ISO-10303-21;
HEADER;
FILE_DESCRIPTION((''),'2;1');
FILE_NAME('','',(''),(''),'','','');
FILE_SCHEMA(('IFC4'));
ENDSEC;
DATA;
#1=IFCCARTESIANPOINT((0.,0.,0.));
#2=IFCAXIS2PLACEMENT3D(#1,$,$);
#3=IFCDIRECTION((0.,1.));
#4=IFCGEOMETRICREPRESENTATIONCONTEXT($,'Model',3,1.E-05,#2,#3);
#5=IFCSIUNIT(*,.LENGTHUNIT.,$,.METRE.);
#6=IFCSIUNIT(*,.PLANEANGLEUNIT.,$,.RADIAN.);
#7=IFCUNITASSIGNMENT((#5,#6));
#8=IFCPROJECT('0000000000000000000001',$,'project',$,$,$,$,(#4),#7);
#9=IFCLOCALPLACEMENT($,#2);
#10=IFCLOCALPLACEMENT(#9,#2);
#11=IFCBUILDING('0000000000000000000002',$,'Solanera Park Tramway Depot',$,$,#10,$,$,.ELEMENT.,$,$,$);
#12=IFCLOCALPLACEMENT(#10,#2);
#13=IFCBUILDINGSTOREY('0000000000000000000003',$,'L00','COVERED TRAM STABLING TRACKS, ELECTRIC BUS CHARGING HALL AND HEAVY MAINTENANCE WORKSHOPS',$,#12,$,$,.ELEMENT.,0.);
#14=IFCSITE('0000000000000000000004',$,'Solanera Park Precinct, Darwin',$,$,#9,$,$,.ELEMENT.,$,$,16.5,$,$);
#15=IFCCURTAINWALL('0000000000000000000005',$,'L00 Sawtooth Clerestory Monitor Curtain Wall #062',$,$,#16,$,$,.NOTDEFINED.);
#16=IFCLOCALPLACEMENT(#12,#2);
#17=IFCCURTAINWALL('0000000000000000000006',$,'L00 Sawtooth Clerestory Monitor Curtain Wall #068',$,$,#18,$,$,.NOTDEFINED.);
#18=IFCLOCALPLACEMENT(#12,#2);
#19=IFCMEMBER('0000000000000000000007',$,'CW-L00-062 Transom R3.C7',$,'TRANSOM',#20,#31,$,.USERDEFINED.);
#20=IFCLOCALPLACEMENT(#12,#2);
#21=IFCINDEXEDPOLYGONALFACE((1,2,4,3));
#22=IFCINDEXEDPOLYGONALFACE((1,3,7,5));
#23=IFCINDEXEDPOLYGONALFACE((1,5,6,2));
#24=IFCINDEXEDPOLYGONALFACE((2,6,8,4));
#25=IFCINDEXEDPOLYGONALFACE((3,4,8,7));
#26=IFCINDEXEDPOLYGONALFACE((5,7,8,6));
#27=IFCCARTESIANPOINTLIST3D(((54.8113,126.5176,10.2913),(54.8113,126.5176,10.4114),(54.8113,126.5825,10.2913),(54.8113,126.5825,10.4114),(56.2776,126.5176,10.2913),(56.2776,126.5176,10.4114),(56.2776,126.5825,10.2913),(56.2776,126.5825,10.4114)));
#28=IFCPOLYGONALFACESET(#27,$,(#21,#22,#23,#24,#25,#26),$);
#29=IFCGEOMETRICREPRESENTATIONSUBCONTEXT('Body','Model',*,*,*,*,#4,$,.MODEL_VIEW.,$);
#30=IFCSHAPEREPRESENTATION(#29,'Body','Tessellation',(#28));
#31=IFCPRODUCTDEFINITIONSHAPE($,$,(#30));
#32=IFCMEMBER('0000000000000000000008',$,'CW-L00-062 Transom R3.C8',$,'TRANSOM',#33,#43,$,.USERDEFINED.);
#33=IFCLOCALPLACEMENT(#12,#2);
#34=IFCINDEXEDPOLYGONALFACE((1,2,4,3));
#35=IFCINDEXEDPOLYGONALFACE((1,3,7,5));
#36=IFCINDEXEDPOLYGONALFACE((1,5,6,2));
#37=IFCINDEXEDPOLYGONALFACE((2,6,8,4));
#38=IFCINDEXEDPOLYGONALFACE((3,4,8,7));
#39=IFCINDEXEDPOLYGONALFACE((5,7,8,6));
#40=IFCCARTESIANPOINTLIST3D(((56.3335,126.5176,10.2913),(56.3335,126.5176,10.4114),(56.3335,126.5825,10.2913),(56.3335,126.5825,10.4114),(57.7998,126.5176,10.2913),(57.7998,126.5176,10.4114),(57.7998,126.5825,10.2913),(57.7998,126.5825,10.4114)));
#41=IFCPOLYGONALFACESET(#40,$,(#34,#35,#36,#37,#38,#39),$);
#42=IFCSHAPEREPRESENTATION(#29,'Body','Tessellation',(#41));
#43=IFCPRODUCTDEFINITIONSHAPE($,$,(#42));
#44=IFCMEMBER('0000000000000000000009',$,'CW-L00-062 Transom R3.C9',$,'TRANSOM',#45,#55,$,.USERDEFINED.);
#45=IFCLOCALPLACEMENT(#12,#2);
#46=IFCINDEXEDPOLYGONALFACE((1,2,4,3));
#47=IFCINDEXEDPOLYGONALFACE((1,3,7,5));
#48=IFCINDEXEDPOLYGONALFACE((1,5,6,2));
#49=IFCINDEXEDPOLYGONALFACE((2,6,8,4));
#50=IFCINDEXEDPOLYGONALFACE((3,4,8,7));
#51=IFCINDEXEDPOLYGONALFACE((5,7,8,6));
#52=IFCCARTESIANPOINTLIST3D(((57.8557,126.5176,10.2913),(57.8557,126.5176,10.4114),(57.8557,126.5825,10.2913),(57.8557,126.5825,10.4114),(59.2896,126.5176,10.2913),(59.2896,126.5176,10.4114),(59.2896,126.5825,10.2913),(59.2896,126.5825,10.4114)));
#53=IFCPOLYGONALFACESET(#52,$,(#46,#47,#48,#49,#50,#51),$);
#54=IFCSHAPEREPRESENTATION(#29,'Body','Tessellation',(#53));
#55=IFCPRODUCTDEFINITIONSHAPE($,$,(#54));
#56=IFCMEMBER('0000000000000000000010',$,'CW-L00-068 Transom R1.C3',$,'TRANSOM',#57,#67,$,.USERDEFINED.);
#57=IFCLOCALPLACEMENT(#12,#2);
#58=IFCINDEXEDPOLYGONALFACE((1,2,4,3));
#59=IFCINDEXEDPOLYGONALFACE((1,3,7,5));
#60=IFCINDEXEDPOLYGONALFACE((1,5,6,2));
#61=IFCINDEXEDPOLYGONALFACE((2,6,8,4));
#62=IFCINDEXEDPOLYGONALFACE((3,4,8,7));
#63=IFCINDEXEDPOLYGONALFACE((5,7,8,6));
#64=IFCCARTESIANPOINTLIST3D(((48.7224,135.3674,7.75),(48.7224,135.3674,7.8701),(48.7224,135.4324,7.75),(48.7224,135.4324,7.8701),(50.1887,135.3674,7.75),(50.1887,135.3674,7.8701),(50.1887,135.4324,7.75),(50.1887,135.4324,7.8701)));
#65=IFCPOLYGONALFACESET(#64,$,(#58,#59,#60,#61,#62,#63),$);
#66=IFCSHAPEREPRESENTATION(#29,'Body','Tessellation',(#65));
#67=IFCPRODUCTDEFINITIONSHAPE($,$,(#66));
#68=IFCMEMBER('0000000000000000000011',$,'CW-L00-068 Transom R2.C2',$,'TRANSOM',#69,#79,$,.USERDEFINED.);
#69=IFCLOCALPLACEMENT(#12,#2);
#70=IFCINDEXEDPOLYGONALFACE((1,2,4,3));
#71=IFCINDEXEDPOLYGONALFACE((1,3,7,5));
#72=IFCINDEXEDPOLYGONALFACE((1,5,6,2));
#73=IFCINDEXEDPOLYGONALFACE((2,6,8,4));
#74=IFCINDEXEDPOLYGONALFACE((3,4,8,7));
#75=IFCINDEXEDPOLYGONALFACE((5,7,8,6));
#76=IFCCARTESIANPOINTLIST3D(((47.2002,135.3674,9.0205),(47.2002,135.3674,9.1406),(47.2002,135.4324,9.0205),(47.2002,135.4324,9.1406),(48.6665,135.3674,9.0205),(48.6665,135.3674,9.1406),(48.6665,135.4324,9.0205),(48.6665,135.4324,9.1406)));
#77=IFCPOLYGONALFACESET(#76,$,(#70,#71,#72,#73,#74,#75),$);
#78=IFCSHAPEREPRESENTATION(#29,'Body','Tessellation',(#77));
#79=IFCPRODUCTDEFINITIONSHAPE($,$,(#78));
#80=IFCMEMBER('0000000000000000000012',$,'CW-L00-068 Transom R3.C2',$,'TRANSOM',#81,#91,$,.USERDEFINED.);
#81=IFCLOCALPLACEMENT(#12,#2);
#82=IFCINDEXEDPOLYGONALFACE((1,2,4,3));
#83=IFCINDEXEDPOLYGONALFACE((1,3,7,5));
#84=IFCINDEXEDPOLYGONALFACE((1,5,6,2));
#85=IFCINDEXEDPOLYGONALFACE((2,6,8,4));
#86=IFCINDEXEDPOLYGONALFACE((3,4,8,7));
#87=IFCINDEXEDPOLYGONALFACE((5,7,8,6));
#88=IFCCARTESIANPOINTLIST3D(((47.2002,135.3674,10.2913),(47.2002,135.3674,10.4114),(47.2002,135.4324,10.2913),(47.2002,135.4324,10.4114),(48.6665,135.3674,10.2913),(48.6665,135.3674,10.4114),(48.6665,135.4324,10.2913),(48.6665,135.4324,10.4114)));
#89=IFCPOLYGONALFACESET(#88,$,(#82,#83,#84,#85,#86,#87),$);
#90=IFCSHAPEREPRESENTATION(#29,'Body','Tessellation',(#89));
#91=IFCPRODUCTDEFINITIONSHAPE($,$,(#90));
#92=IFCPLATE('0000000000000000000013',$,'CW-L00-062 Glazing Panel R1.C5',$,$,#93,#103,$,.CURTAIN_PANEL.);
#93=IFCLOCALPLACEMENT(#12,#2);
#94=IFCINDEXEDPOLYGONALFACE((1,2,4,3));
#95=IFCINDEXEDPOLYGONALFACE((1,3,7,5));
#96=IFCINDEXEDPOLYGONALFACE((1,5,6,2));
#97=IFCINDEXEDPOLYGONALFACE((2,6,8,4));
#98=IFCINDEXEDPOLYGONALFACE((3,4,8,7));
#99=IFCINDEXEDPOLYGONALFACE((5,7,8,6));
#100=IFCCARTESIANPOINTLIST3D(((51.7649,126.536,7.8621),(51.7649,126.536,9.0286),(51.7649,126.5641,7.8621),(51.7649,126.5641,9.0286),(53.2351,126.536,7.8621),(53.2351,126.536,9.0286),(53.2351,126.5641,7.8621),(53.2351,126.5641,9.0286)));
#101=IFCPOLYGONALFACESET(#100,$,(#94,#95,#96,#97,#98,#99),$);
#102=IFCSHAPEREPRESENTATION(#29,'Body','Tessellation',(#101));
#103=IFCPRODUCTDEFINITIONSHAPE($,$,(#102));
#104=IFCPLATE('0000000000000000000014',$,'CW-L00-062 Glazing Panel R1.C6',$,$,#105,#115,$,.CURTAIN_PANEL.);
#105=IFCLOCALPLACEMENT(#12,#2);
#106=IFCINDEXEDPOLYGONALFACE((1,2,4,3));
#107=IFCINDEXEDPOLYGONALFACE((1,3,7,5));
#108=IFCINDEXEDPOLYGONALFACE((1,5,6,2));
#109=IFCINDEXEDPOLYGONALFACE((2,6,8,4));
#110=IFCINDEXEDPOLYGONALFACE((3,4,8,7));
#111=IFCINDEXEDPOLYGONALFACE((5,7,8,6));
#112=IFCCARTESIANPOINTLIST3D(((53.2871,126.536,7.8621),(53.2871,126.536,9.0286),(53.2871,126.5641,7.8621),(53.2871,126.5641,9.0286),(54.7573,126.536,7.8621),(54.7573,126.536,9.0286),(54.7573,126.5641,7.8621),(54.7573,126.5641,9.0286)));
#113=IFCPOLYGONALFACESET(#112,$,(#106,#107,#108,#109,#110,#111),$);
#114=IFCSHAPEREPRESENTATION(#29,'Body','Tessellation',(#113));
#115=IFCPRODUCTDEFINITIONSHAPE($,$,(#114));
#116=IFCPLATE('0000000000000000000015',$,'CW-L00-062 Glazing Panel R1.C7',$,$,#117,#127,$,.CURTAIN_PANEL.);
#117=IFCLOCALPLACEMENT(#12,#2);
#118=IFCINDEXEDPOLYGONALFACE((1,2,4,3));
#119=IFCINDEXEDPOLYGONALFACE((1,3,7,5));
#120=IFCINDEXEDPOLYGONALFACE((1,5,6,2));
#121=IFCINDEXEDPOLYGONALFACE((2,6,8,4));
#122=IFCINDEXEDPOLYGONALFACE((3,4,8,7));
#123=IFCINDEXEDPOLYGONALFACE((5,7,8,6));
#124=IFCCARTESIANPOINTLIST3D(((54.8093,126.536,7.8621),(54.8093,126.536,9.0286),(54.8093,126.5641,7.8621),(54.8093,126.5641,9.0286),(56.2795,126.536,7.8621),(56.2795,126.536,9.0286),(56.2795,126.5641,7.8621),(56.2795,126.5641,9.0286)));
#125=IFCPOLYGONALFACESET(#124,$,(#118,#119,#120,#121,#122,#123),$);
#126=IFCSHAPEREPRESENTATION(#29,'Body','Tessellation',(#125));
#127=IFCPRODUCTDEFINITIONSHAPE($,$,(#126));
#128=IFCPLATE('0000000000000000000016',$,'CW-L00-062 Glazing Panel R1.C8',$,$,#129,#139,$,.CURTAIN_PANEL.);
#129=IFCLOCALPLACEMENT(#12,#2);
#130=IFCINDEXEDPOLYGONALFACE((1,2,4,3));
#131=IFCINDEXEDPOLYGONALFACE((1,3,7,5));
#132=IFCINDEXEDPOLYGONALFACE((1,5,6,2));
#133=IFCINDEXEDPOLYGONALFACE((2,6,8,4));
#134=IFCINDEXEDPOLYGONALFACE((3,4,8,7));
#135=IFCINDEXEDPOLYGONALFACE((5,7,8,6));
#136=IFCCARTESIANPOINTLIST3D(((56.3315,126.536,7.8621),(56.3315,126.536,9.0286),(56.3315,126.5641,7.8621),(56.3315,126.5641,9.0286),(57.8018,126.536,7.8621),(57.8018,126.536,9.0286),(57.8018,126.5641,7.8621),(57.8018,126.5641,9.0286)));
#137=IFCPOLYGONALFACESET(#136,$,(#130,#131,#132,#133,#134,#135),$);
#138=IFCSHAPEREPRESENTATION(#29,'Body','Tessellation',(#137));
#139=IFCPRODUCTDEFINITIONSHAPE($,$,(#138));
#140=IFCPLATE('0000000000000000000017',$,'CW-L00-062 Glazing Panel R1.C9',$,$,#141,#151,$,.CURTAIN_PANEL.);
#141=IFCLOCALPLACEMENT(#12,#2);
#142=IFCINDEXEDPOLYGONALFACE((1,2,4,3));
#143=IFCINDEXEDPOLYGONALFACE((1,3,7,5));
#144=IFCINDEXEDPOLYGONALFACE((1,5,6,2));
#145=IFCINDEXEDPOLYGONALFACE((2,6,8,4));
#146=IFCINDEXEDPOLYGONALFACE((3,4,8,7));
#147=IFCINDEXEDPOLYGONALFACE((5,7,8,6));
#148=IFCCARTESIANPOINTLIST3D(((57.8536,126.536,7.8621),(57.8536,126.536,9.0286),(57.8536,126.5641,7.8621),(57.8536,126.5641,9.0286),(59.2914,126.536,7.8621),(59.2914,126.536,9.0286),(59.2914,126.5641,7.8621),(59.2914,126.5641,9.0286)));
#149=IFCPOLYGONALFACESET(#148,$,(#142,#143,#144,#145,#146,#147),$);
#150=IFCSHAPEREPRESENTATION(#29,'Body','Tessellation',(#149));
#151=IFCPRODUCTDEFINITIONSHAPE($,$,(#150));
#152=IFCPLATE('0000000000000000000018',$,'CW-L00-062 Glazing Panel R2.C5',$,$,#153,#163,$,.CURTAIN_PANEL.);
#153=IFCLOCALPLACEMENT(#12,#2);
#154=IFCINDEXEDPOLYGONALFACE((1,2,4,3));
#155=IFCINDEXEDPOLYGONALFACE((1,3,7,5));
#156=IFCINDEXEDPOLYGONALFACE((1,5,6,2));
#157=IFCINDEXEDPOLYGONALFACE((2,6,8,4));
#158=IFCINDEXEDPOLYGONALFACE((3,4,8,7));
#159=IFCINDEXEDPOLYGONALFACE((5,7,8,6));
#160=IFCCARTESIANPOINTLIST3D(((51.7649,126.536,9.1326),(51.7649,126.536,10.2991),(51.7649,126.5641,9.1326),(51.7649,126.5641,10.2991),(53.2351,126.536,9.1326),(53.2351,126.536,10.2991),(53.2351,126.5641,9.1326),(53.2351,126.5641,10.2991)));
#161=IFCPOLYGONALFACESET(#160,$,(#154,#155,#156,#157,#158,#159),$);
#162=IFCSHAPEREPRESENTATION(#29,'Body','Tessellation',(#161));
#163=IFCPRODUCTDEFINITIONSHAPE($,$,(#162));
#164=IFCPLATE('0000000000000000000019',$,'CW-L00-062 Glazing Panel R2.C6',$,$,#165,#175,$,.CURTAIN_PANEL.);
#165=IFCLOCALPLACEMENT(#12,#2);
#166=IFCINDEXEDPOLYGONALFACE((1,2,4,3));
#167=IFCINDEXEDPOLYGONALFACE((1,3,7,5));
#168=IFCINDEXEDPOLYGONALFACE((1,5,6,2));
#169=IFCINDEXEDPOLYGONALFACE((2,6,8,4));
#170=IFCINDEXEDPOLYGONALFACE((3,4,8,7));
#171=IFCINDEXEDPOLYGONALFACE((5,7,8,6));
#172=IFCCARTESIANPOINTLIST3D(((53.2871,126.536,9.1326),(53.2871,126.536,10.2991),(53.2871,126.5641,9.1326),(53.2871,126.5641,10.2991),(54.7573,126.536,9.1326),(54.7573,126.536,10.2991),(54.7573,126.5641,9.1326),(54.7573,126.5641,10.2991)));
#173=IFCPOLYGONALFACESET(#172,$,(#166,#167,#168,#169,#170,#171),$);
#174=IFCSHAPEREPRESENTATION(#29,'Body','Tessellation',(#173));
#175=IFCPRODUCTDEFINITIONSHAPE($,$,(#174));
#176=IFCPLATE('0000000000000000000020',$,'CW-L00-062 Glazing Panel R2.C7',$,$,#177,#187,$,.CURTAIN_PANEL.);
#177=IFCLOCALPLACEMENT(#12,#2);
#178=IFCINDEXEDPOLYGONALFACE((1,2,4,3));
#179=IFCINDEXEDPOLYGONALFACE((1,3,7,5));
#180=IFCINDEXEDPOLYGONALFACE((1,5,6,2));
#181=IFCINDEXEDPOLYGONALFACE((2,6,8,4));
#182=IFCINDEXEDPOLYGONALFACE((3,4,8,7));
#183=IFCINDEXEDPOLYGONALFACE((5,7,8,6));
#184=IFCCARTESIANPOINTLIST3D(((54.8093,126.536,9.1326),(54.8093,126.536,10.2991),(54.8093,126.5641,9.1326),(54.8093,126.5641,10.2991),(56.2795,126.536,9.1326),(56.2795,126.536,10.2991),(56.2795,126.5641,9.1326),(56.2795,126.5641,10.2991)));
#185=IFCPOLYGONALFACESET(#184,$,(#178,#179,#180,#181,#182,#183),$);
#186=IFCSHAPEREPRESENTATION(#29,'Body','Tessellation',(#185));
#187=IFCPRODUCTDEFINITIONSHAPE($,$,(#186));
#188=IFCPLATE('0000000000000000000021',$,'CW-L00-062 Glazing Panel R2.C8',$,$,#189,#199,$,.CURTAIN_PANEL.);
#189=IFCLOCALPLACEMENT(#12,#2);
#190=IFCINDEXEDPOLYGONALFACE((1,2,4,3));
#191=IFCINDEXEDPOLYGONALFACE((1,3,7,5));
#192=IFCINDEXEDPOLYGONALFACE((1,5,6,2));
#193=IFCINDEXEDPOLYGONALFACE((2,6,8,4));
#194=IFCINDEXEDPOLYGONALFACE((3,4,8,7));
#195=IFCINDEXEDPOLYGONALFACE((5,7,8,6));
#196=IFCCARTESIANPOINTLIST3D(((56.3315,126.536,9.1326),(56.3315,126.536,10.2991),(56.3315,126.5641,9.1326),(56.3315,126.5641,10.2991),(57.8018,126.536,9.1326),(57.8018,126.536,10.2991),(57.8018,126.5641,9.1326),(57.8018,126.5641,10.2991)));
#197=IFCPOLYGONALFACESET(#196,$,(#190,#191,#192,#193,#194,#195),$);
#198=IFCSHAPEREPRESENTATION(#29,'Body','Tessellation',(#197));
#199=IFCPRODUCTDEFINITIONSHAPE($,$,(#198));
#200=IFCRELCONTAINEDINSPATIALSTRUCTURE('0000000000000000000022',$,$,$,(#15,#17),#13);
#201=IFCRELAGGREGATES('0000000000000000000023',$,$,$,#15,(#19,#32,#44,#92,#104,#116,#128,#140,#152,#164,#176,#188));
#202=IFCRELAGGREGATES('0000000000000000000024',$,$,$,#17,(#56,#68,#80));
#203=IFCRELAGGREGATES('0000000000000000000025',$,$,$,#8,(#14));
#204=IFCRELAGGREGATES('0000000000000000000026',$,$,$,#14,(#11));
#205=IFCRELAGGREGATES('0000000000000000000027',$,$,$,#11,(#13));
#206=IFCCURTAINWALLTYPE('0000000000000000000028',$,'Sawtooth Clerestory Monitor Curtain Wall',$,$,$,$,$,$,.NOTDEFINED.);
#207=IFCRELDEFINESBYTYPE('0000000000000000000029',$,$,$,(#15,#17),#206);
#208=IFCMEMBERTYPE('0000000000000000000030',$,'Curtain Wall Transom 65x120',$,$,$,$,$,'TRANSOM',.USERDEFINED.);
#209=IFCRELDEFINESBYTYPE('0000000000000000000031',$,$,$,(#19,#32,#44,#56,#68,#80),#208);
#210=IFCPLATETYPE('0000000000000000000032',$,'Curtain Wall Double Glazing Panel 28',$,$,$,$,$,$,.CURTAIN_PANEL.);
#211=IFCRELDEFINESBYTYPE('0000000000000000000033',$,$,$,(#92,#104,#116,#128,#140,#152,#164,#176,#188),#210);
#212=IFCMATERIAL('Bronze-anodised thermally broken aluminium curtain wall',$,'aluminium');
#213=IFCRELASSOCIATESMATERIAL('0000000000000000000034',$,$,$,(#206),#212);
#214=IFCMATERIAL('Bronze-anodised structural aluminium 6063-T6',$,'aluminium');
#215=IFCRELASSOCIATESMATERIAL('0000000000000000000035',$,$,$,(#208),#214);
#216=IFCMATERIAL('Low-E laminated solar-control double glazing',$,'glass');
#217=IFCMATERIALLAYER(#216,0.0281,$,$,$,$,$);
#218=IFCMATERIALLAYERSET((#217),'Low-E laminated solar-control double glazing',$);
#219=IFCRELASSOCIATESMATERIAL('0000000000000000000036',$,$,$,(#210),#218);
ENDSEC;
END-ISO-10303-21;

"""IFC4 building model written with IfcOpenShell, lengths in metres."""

from ifc_helpers import new_model, si_unit, direction, frame, origin, origin_2d, place, context, subcontext, project, spatial, rectangle, extrude, material, layer, layer_set, material_profile, profile_set, type_object, element, aggregate, save


model = new_model("IFC4")

# Units and contexts
model_context = context("Model", 3, precision=1e-05, world=origin(), true_north=direction((0.0, 1.0)))
body_context = subcontext(model_context, "Body", "Model", "MODEL_VIEW")
ifc_project = project(units=[si_unit("LENGTHUNIT", "METRE"), si_unit("PLANEANGLEUNIT", "RADIAN")], contexts=[model_context])

# Site, building, storey
site_placement = place(None, origin())
site = spatial("IfcSite", under=ifc_project, at=site_placement, Name="Solanera Park Precinct, Darwin", CompositionType="ELEMENT", RefElevation=16.5)
building_placement = place(site_placement, origin())
building = spatial("IfcBuilding", under=site, at=building_placement, Name="Solanera Park Tramway Depot", CompositionType="ELEMENT")
storey_placement = place(building_placement, origin())
storey = spatial("IfcBuildingStorey", under=building, at=storey_placement, Name="L00", Description="COVERED TRAM STABLING TRACKS, ELECTRIC BUS CHARGING HALL AND HEAVY MAINTENANCE WORKSHOPS", CompositionType="ELEMENT", Elevation=0.0)

# Curtain wall
ifc_material_1 = material(Name="Bronze-anodised thermally broken aluminium curtain wall", Category="aluminium")
curtain_wall_type = type_object("IfcCurtainWallType", Name="Sawtooth Clerestory Monitor Curtain Wall", PredefinedType="NOTDEFINED", material=ifc_material_1)
curtain_wall_1_placement = place(storey_placement, origin())
curtain_wall_1 = element("IfcCurtainWall", 1, at=curtain_wall_1_placement, inside=storey, type_object=curtain_wall_type, Name="L00 Sawtooth Clerestory Monitor Curtain Wall #062", PredefinedType="NOTDEFINED")

# Curtain wall
curtain_wall_2_placement = place(storey_placement, origin())
curtain_wall_2 = element("IfcCurtainWall", 2, at=curtain_wall_2_placement, inside=storey, type_object=curtain_wall_type, Name="L00 Sawtooth Clerestory Monitor Curtain Wall #068", PredefinedType="NOTDEFINED")

# Members
ifc_material_2 = material(Name="Bronze-anodised structural aluminium 6063-T6", Category="aluminium")
ifc_material_profile_1 = material_profile(ifc_material_2, rectangle(XDim=0.0649, YDim=0.1201, at=origin_2d()), Name="Curtain Wall Transom 65x120")
ifc_profile_set_1 = profile_set([ifc_material_profile_1], Name="Bronze-anodised structural aluminium 6063-T6")
member_type_1 = type_object("IfcMemberType", Name="Curtain Wall Transom 65x120", ElementType="TRANSOM", PredefinedType="USERDEFINED", material=ifc_profile_set_1)
member_1_placement = place(storey_placement, frame((54.8113, 126.55, 10.3513), z_axis=(1.0, 0.0, 0.0), x_axis=(0.0, 1.0, 0.0)))
member_1 = element("IfcMember", 3, at=member_1_placement, type_object=member_type_1, Name="CW-L00-062 Transom R3.C7", ObjectType="TRANSOM", PredefinedType="USERDEFINED", context=body_context, shape_type="SweptSolid", body=[
    extrude(rectangle(XDim=0.0649, YDim=0.1201, at=origin_2d()), origin(), (0.0, 0.0, 1.0), 1.4663),
])
member_2_placement = place(storey_placement, frame((56.3335, 126.55, 10.3513), z_axis=(1.0, 0.0, 0.0), x_axis=(0.0, 1.0, 0.0)))
member_2 = element("IfcMember", 4, at=member_2_placement, type_object=member_type_1, Name="CW-L00-062 Transom R3.C8", ObjectType="TRANSOM", PredefinedType="USERDEFINED", context=body_context, shape_type="SweptSolid", body=[
    extrude(rectangle(XDim=0.0649, YDim=0.1201, at=origin_2d()), origin(), (0.0, 0.0, 1.0), 1.4663),
])
member_3_placement = place(storey_placement, frame((57.8557, 126.55, 10.3513), z_axis=(1.0, 0.0, 0.0), x_axis=(0.0, 1.0, 0.0)))
member_3 = element("IfcMember", 5, at=member_3_placement, type_object=member_type_1, Name="CW-L00-062 Transom R3.C9", ObjectType="TRANSOM", PredefinedType="USERDEFINED", context=body_context, shape_type="SweptSolid", body=[
    extrude(rectangle(XDim=0.0649, YDim=0.1201, at=origin_2d()), origin(), (0.0, 0.0, 1.0), 1.4338),
])
member_4_placement = place(storey_placement, frame((48.7224, 135.3999, 7.8101), z_axis=(1.0, 0.0, 0.0), x_axis=(0.0, 1.0, 0.0)))
member_4 = element("IfcMember", 6, at=member_4_placement, type_object=member_type_1, Name="CW-L00-068 Transom R1.C3", ObjectType="TRANSOM", PredefinedType="USERDEFINED", context=body_context, shape_type="SweptSolid", body=[
    extrude(rectangle(XDim=0.0649, YDim=0.1201, at=origin_2d()), origin(), (0.0, 0.0, 1.0), 1.4663),
])
member_5_placement = place(storey_placement, frame((47.2002, 135.3999, 9.0806), z_axis=(1.0, 0.0, 0.0), x_axis=(0.0, 1.0, 0.0)))
member_5 = element("IfcMember", 7, at=member_5_placement, type_object=member_type_1, Name="CW-L00-068 Transom R2.C2", ObjectType="TRANSOM", PredefinedType="USERDEFINED", context=body_context, shape_type="SweptSolid", body=[
    extrude(rectangle(XDim=0.0649, YDim=0.1201, at=origin_2d()), origin(), (0.0, 0.0, 1.0), 1.4663),
])
member_6_placement = place(storey_placement, frame((47.2002, 135.3999, 10.3513), z_axis=(1.0, 0.0, 0.0), x_axis=(0.0, 1.0, 0.0)))
member_6 = element("IfcMember", 8, at=member_6_placement, type_object=member_type_1, Name="CW-L00-068 Transom R3.C2", ObjectType="TRANSOM", PredefinedType="USERDEFINED", context=body_context, shape_type="SweptSolid", body=[
    extrude(rectangle(XDim=0.0649, YDim=0.1201, at=origin_2d()), origin(), (0.0, 0.0, 1.0), 1.4663),
])

# Plates
ifc_material_3 = material(Name="Low-E laminated solar-control double glazing", Category="glass")
ifc_layer = layer(ifc_material_3, 0.0281)
ifc_layer_set = layer_set([ifc_layer], Name="Low-E laminated solar-control double glazing")
plate_type = type_object("IfcPlateType", Name="Curtain Wall Double Glazing Panel 28", PredefinedType="CURTAIN_PANEL", material=ifc_layer_set)
plate_1_placement = place(storey_placement, frame((52.5, 126.55, 7.8621), z_axis=(0.0, 0.0, 1.0), x_axis=(1.0, 0.0, 0.0)))
plate_1 = element("IfcPlate", 9, at=plate_1_placement, type_object=plate_type, Name="CW-L00-062 Glazing Panel R1.C5", PredefinedType="CURTAIN_PANEL", context=body_context, shape_type="SweptSolid", body=[
    extrude(rectangle(XDim=1.4702, YDim=0.0281, at=origin_2d()), origin(), (0.0, 0.0, 1.0), 1.1665),
])
plate_2_placement = place(storey_placement, frame((54.0222, 126.55, 7.8621), z_axis=(0.0, 0.0, 1.0), x_axis=(1.0, 0.0, 0.0)))
plate_2 = element("IfcPlate", 10, at=plate_2_placement, type_object=plate_type, Name="CW-L00-062 Glazing Panel R1.C6", PredefinedType="CURTAIN_PANEL", context=body_context, shape_type="SweptSolid", body=[
    extrude(rectangle(XDim=1.4702, YDim=0.0281, at=origin_2d()), origin(), (0.0, 0.0, 1.0), 1.1665),
])
plate_3_placement = place(storey_placement, frame((55.5444, 126.55, 7.8621), z_axis=(0.0, 0.0, 1.0), x_axis=(1.0, 0.0, 0.0)))
plate_3 = element("IfcPlate", 11, at=plate_3_placement, type_object=plate_type, Name="CW-L00-062 Glazing Panel R1.C7", PredefinedType="CURTAIN_PANEL", context=body_context, shape_type="SweptSolid", body=[
    extrude(rectangle(XDim=1.4702, YDim=0.0281, at=origin_2d()), origin(), (0.0, 0.0, 1.0), 1.1665),
])
plate_4_placement = place(storey_placement, frame((57.0667, 126.55, 7.8621), z_axis=(0.0, 0.0, 1.0), x_axis=(1.0, 0.0, 0.0)))
plate_4 = element("IfcPlate", 12, at=plate_4_placement, type_object=plate_type, Name="CW-L00-062 Glazing Panel R1.C8", PredefinedType="CURTAIN_PANEL", context=body_context, shape_type="SweptSolid", body=[
    extrude(rectangle(XDim=1.4702, YDim=0.0281, at=origin_2d()), origin(), (0.0, 0.0, 1.0), 1.1665),
])
plate_5_placement = place(storey_placement, frame((58.5725, 126.55, 7.8621), z_axis=(0.0, 0.0, 1.0), x_axis=(1.0, 0.0, 0.0)))
plate_5 = element("IfcPlate", 13, at=plate_5_placement, type_object=plate_type, Name="CW-L00-062 Glazing Panel R1.C9", PredefinedType="CURTAIN_PANEL", context=body_context, shape_type="SweptSolid", body=[
    extrude(rectangle(XDim=1.4377, YDim=0.0281, at=origin_2d()), origin(), (0.0, 0.0, 1.0), 1.1665),
])
plate_6_placement = place(storey_placement, frame((52.5, 126.55, 9.1326), z_axis=(0.0, 0.0, 1.0), x_axis=(1.0, 0.0, 0.0)))
plate_6 = element("IfcPlate", 14, at=plate_6_placement, type_object=plate_type, Name="CW-L00-062 Glazing Panel R2.C5", PredefinedType="CURTAIN_PANEL", context=body_context, shape_type="SweptSolid", body=[
    extrude(rectangle(XDim=1.4702, YDim=0.0281, at=origin_2d()), origin(), (0.0, 0.0, 1.0), 1.1665),
])
plate_7_placement = place(storey_placement, frame((54.0222, 126.55, 9.1326), z_axis=(0.0, 0.0, 1.0), x_axis=(1.0, 0.0, 0.0)))
plate_7 = element("IfcPlate", 15, at=plate_7_placement, type_object=plate_type, Name="CW-L00-062 Glazing Panel R2.C6", PredefinedType="CURTAIN_PANEL", context=body_context, shape_type="SweptSolid", body=[
    extrude(rectangle(XDim=1.4702, YDim=0.0281, at=origin_2d()), origin(), (0.0, 0.0, 1.0), 1.1665),
])
plate_8_placement = place(storey_placement, frame((55.5444, 126.55, 9.1326), z_axis=(0.0, 0.0, 1.0), x_axis=(1.0, 0.0, 0.0)))
plate_8 = element("IfcPlate", 16, at=plate_8_placement, type_object=plate_type, Name="CW-L00-062 Glazing Panel R2.C7", PredefinedType="CURTAIN_PANEL", context=body_context, shape_type="SweptSolid", body=[
    extrude(rectangle(XDim=1.4702, YDim=0.0281, at=origin_2d()), origin(), (0.0, 0.0, 1.0), 1.1665),
])
plate_9_placement = place(storey_placement, frame((57.0667, 126.55, 9.1326), z_axis=(0.0, 0.0, 1.0), x_axis=(1.0, 0.0, 0.0)))
plate_9 = element("IfcPlate", 17, at=plate_9_placement, type_object=plate_type, Name="CW-L00-062 Glazing Panel R2.C8", PredefinedType="CURTAIN_PANEL", context=body_context, shape_type="SweptSolid", body=[
    extrude(rectangle(XDim=1.4702, YDim=0.0281, at=origin_2d()), origin(), (0.0, 0.0, 1.0), 1.1665),
])
aggregate(curtain_wall_1, [member_1, member_2, member_3, plate_1, plate_2, plate_3, plate_4, plate_5, plate_6, plate_7, plate_8, plate_9])
aggregate(curtain_wall_2, [member_4, member_5, member_6])

save(model, "model.ifc")
